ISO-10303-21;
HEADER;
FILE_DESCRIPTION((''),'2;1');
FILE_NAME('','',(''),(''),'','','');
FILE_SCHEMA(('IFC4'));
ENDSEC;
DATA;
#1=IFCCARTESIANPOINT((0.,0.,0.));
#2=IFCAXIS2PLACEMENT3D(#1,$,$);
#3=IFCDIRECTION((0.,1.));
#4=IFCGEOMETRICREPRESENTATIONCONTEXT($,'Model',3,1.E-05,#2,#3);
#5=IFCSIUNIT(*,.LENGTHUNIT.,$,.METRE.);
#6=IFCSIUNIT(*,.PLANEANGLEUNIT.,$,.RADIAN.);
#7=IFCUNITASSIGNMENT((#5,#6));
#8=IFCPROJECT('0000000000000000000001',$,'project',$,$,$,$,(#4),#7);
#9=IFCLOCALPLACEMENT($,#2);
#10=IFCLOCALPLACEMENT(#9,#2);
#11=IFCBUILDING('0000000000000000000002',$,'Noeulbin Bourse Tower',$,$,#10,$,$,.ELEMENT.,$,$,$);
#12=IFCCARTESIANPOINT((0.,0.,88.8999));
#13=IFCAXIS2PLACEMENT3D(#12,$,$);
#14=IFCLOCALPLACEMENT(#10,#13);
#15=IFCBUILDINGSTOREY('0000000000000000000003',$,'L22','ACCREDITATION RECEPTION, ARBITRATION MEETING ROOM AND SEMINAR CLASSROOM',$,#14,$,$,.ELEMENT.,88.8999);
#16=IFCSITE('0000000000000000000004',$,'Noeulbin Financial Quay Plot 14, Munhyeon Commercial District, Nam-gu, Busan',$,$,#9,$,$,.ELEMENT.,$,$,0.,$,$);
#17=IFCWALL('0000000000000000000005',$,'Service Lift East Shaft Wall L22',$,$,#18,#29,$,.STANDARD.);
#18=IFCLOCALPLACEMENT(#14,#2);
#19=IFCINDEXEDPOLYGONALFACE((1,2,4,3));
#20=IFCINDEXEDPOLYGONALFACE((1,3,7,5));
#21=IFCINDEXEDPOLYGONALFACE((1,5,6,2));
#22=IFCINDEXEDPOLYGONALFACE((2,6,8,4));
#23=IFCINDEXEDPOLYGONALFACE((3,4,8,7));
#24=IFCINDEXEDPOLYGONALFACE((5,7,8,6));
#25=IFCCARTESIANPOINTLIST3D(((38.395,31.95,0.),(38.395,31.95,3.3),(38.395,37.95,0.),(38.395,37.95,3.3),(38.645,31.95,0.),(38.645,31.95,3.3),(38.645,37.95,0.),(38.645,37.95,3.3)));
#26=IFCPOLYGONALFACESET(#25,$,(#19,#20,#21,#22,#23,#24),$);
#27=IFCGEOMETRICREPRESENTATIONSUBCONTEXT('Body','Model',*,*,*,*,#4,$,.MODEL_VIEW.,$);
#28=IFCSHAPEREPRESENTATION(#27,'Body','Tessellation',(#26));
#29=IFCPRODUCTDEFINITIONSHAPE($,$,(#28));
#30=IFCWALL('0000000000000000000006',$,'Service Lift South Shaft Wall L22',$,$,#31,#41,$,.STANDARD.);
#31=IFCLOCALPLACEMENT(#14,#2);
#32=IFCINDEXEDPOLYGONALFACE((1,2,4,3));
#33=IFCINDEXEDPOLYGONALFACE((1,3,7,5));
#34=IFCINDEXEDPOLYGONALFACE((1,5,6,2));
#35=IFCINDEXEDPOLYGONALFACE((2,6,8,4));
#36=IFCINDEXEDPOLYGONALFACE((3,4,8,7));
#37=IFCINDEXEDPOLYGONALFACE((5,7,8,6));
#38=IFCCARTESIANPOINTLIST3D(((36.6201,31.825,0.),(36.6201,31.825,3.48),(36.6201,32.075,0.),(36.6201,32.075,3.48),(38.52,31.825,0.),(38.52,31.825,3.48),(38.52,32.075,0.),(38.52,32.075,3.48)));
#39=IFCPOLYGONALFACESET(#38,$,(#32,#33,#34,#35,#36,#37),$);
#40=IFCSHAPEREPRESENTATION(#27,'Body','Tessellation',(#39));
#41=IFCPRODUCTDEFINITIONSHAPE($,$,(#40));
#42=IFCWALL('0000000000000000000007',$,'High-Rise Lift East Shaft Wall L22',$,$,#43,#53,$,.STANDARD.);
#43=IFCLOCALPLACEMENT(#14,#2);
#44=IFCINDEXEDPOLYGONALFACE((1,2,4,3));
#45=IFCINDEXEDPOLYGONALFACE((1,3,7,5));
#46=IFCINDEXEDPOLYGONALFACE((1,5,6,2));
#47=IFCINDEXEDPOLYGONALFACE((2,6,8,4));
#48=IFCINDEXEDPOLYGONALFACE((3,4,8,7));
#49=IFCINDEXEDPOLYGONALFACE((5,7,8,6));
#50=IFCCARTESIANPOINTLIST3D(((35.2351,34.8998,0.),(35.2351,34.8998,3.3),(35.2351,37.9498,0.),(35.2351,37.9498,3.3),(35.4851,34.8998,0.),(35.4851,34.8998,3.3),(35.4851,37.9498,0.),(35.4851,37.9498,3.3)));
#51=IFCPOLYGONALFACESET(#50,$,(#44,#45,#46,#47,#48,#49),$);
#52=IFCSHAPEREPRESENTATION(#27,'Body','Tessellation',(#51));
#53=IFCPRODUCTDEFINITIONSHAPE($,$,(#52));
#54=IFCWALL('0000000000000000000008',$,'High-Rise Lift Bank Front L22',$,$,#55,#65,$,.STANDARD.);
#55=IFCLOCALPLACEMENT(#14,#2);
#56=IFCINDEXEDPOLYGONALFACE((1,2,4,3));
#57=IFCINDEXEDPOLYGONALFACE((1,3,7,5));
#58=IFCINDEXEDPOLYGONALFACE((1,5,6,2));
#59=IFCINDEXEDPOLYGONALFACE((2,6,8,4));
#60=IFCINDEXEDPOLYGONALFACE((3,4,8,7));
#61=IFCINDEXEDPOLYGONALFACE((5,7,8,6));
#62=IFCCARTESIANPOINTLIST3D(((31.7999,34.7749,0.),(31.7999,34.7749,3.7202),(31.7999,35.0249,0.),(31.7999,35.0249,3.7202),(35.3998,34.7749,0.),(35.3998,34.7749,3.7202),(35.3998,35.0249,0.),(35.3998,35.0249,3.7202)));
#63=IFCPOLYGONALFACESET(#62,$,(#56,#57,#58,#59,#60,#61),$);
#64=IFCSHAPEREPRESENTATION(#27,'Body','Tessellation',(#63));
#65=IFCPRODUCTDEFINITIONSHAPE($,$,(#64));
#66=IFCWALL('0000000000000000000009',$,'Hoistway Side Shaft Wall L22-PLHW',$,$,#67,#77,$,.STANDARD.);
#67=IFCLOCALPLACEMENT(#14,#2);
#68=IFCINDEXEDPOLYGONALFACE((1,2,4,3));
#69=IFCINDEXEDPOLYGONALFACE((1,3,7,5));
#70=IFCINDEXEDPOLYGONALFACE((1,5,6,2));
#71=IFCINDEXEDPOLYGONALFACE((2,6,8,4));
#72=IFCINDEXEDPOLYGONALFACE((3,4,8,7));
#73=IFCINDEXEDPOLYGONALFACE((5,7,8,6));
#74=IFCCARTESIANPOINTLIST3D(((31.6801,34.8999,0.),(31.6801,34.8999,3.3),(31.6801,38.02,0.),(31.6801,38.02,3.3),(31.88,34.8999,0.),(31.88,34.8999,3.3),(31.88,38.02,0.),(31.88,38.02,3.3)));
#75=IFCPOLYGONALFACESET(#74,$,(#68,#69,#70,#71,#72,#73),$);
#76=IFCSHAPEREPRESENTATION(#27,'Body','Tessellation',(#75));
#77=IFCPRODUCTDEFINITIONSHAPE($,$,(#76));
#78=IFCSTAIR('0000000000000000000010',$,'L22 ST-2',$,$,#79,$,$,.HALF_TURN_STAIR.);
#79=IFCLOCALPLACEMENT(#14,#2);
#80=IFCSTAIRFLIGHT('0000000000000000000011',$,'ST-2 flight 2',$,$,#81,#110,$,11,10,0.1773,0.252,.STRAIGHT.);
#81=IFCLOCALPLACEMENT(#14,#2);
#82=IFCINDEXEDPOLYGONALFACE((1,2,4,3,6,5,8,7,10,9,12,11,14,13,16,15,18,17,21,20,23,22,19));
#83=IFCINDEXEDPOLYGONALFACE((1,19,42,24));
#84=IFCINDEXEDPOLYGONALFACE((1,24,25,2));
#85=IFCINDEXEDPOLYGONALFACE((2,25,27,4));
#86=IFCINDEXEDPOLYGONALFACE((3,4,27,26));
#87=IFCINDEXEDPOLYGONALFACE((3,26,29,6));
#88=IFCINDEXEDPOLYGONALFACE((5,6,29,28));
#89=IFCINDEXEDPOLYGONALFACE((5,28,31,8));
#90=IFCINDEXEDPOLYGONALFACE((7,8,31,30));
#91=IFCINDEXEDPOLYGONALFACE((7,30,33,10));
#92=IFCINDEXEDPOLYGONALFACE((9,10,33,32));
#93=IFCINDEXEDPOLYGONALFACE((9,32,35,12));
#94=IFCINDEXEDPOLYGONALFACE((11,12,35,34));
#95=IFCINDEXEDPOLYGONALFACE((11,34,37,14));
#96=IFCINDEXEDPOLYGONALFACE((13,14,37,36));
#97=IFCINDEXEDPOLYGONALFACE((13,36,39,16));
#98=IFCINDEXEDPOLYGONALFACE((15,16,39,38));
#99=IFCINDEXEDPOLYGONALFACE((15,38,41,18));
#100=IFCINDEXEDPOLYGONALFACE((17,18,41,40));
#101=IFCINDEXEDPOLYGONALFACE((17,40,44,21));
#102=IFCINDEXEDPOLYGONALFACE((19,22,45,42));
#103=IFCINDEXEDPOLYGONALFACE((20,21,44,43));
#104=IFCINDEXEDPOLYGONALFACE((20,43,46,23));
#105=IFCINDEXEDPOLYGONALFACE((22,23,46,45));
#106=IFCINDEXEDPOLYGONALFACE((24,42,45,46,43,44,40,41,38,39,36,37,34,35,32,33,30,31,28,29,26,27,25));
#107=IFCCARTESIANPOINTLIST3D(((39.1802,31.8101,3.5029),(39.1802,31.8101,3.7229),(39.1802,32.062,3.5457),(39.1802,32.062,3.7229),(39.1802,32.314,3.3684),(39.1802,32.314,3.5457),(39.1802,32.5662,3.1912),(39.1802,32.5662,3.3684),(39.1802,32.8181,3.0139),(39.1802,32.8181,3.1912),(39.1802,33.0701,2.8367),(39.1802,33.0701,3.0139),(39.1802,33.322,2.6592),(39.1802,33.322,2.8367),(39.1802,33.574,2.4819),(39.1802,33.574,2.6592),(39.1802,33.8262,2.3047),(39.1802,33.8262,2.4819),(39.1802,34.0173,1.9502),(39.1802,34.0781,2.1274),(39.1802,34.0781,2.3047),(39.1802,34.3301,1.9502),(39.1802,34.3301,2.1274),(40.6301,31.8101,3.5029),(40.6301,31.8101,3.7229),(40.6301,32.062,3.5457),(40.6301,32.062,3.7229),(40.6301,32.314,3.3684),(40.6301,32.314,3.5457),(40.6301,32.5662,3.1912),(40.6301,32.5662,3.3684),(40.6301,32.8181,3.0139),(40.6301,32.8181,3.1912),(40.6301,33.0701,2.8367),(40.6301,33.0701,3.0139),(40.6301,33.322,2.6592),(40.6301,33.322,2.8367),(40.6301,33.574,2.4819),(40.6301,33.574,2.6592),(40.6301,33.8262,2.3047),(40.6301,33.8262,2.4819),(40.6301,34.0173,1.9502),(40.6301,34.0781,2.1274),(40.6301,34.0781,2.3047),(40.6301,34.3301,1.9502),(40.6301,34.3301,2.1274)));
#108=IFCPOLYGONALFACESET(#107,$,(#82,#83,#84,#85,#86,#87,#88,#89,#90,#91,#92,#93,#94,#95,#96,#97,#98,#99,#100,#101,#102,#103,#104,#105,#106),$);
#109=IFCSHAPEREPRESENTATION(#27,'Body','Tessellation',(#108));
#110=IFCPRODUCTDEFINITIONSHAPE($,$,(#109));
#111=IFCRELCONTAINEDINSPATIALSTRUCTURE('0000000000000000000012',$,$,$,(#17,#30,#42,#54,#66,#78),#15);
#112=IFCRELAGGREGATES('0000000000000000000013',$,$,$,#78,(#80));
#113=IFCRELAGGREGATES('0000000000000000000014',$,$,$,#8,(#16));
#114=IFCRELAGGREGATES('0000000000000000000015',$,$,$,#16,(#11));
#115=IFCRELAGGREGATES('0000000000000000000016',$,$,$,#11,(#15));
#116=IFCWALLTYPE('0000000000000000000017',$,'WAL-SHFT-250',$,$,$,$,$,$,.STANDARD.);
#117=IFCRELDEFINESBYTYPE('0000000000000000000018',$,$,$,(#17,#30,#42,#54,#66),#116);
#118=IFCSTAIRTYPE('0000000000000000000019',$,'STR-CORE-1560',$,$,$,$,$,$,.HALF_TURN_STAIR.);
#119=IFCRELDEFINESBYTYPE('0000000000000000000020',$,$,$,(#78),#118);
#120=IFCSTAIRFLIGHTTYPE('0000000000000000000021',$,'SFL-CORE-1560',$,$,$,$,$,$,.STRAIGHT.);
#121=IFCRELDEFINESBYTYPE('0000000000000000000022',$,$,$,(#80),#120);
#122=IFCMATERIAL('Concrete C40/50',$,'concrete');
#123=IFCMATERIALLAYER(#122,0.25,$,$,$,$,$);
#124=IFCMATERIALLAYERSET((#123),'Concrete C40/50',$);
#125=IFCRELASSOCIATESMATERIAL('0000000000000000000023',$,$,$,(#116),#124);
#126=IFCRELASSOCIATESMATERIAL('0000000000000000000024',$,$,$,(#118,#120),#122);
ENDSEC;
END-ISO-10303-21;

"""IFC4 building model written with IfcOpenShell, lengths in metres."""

from ifc_helpers import new_model, si_unit, direction, frame, frame_2d, origin, place, context, subcontext, project, spatial, polyline, rectangle, outline, extrude, material, layer, layer_set, type_object, element, aggregate, save


model = new_model("IFC4")

# Units and contexts
model_context = context("Model", 3, precision=1e-05, world=origin(), true_north=direction((0.0, 1.0)))
body_context = subcontext(model_context, "Body", "Model", "MODEL_VIEW")
ifc_project = project(units=[si_unit("LENGTHUNIT", "METRE"), si_unit("PLANEANGLEUNIT", "RADIAN")], contexts=[model_context])

# Site, building, storey
site_placement = place(None, origin())
site = spatial("IfcSite", under=ifc_project, at=site_placement, Name="Noeulbin Financial Quay Plot 14, Munhyeon Commercial District, Nam-gu, Busan", CompositionType="ELEMENT", RefElevation=0.0)
building_placement = place(site_placement, origin())
building = spatial("IfcBuilding", under=site, at=building_placement, Name="Noeulbin Bourse Tower", CompositionType="ELEMENT")
storey_placement = place(building_placement, frame((0.0, 0.0, 88.8999)))
storey = spatial("IfcBuildingStorey", under=building, at=storey_placement, Name="L22", Description="ACCREDITATION RECEPTION, ARBITRATION MEETING ROOM AND SEMINAR CLASSROOM", CompositionType="ELEMENT", Elevation=88.8999)

# Shared definitions
ifc_material_1 = material(Name="Concrete C40/50", Category="concrete")

# Shared definitions
ifc_layer_1 = layer(ifc_material_1, 0.25)
ifc_layer_set_1 = layer_set([ifc_layer_1], Name="Concrete C40/50")
wall_type_1 = type_object("IfcWallType", Name="WAL-SHFT-250", PredefinedType="STANDARD", material=ifc_layer_set_1)

# Walls
wall_1_placement = place(storey_placement, frame((38.52, 31.95, 0.0), z_axis=(0.0, 0.0, 1.0), x_axis=(0.0, 1.0, 0.0)))
element("IfcWall", 1, at=wall_1_placement, inside=storey, type_object=wall_type_1, Name="Service Lift East Shaft Wall L22", PredefinedType="STANDARD", context=body_context, shape_type="SweptSolid", body=[
    extrude(rectangle(XDim=6.0, YDim=0.25, at=frame_2d((3.0, 0.0))), origin(), (0.0, 0.0, 1.0), 3.3),
])
wall_2_placement = place(storey_placement, frame((36.6201, 31.95, 0.0), z_axis=(0.0, 0.0, 1.0), x_axis=(1.0, 0.0, 0.0)))
element("IfcWall", 2, at=wall_2_placement, inside=storey, type_object=wall_type_1, Name="Service Lift South Shaft Wall L22", PredefinedType="STANDARD", context=body_context, shape_type="SweptSolid", body=[
    extrude(rectangle(XDim=1.8999, YDim=0.25, at=frame_2d((0.95, 0.0))), origin(), (0.0, 0.0, 1.0), 3.48),
])
wall_3_placement = place(storey_placement, frame((35.3601, 34.8999, 0.0), z_axis=(0.0, 0.0, 1.0), x_axis=(0.0, 1.0, 0.0)))
element("IfcWall", 3, at=wall_3_placement, inside=storey, type_object=wall_type_1, Name="High-Rise Lift East Shaft Wall L22", PredefinedType="STANDARD", context=body_context, shape_type="SweptSolid", body=[
    extrude(rectangle(XDim=3.05, YDim=0.25, at=frame_2d((1.5249, 0.0))), origin(), (0.0, 0.0, 1.0), 3.3),
])
wall_4_placement = place(storey_placement, frame((31.8, 34.8999, 0.0), z_axis=(0.0, 0.0, 1.0), x_axis=(1.0, 0.0, 0.0)))
element("IfcWall", 4, at=wall_4_placement, inside=storey, type_object=wall_type_1, Name="High-Rise Lift Bank Front L22", PredefinedType="STANDARD", context=body_context, shape_type="SweptSolid", body=[
    extrude(rectangle(XDim=3.5999, YDim=0.25, at=frame_2d((1.7998, 0.0))), origin(), (0.0, 0.0, 1.0), 3.7202),
])
wall_5_placement = place(storey_placement, frame((31.78, 34.8999, 0.0), z_axis=(0.0, 0.0, 1.0), x_axis=(0.0, 1.0, 0.0)))
element("IfcWall", 5, at=wall_5_placement, inside=storey, type_object=wall_type_1, Name="Hoistway Side Shaft Wall L22-PLHW", PredefinedType="STANDARD", context=body_context, shape_type="SweptSolid", body=[
    extrude(rectangle(XDim=3.1201, YDim=0.2, at=frame_2d((1.5601, 0.0))), origin(), (0.0, 0.0, 1.0), 3.3),
])

# Stair, stair flight
stair_type = type_object("IfcStairType", Name="STR-CORE-1560", PredefinedType="HALF_TURN_STAIR", material=ifc_material_1)
stair_placement = place(storey_placement, origin())
stair = element("IfcStair", 6, at=stair_placement, inside=storey, type_object=stair_type, Name="L22 ST-2", PredefinedType="HALF_TURN_STAIR")
stair_flight_type = type_object("IfcStairFlightType", Name="SFL-CORE-1560", PredefinedType="STRAIGHT", material=ifc_material_1)
stair_flight_placement = place(storey_placement, frame((39.905, 34.3301, 1.9502), z_axis=(0.0, 0.0, 1.0), x_axis=(0.0, -1.0, 0.0)))
stair_flight = element("IfcStairFlight", 7, at=stair_flight_placement, type_object=stair_flight_type, Name="ST-2 flight 2", NumberOfRisers=11, NumberOfTreads=10, PredefinedType="STRAIGHT", RiserHeight=0.1773, TreadLength=0.252, context=body_context, shape_type="SweptSolid", body=[
    extrude(outline(polyline([(0.0, 0.0), (0.0, 0.1772), (0.252, 0.1772), (0.252, 0.3545), (0.5039, 0.3545), (0.5039, 0.5317), (0.7561, 0.5317), (0.7561, 0.709), (1.0081, 0.709), (1.0081, 0.8865), (1.26, 0.8865), (1.26, 1.0637), (1.512, 1.0637), (1.512, 1.241), (1.7639, 1.241), (1.7639, 1.4182), (2.0161, 1.4182), (2.0161, 1.5955), (2.2681, 1.5955), (2.2681, 1.7727), (2.52, 1.7727), (2.52, 1.95), (2.52, 1.5527), (0.3127, 0.0), (0.0, 0.0)])), frame((0.0, 0.7251, 0.0), z_axis=(0.0, -1.0, 0.0), x_axis=(1.0, 0.0, 0.0)), (0.0, 0.0, 1.0), 1.45),
])
aggregate(stair, [stair_flight])

save(model, "model.ifc")
